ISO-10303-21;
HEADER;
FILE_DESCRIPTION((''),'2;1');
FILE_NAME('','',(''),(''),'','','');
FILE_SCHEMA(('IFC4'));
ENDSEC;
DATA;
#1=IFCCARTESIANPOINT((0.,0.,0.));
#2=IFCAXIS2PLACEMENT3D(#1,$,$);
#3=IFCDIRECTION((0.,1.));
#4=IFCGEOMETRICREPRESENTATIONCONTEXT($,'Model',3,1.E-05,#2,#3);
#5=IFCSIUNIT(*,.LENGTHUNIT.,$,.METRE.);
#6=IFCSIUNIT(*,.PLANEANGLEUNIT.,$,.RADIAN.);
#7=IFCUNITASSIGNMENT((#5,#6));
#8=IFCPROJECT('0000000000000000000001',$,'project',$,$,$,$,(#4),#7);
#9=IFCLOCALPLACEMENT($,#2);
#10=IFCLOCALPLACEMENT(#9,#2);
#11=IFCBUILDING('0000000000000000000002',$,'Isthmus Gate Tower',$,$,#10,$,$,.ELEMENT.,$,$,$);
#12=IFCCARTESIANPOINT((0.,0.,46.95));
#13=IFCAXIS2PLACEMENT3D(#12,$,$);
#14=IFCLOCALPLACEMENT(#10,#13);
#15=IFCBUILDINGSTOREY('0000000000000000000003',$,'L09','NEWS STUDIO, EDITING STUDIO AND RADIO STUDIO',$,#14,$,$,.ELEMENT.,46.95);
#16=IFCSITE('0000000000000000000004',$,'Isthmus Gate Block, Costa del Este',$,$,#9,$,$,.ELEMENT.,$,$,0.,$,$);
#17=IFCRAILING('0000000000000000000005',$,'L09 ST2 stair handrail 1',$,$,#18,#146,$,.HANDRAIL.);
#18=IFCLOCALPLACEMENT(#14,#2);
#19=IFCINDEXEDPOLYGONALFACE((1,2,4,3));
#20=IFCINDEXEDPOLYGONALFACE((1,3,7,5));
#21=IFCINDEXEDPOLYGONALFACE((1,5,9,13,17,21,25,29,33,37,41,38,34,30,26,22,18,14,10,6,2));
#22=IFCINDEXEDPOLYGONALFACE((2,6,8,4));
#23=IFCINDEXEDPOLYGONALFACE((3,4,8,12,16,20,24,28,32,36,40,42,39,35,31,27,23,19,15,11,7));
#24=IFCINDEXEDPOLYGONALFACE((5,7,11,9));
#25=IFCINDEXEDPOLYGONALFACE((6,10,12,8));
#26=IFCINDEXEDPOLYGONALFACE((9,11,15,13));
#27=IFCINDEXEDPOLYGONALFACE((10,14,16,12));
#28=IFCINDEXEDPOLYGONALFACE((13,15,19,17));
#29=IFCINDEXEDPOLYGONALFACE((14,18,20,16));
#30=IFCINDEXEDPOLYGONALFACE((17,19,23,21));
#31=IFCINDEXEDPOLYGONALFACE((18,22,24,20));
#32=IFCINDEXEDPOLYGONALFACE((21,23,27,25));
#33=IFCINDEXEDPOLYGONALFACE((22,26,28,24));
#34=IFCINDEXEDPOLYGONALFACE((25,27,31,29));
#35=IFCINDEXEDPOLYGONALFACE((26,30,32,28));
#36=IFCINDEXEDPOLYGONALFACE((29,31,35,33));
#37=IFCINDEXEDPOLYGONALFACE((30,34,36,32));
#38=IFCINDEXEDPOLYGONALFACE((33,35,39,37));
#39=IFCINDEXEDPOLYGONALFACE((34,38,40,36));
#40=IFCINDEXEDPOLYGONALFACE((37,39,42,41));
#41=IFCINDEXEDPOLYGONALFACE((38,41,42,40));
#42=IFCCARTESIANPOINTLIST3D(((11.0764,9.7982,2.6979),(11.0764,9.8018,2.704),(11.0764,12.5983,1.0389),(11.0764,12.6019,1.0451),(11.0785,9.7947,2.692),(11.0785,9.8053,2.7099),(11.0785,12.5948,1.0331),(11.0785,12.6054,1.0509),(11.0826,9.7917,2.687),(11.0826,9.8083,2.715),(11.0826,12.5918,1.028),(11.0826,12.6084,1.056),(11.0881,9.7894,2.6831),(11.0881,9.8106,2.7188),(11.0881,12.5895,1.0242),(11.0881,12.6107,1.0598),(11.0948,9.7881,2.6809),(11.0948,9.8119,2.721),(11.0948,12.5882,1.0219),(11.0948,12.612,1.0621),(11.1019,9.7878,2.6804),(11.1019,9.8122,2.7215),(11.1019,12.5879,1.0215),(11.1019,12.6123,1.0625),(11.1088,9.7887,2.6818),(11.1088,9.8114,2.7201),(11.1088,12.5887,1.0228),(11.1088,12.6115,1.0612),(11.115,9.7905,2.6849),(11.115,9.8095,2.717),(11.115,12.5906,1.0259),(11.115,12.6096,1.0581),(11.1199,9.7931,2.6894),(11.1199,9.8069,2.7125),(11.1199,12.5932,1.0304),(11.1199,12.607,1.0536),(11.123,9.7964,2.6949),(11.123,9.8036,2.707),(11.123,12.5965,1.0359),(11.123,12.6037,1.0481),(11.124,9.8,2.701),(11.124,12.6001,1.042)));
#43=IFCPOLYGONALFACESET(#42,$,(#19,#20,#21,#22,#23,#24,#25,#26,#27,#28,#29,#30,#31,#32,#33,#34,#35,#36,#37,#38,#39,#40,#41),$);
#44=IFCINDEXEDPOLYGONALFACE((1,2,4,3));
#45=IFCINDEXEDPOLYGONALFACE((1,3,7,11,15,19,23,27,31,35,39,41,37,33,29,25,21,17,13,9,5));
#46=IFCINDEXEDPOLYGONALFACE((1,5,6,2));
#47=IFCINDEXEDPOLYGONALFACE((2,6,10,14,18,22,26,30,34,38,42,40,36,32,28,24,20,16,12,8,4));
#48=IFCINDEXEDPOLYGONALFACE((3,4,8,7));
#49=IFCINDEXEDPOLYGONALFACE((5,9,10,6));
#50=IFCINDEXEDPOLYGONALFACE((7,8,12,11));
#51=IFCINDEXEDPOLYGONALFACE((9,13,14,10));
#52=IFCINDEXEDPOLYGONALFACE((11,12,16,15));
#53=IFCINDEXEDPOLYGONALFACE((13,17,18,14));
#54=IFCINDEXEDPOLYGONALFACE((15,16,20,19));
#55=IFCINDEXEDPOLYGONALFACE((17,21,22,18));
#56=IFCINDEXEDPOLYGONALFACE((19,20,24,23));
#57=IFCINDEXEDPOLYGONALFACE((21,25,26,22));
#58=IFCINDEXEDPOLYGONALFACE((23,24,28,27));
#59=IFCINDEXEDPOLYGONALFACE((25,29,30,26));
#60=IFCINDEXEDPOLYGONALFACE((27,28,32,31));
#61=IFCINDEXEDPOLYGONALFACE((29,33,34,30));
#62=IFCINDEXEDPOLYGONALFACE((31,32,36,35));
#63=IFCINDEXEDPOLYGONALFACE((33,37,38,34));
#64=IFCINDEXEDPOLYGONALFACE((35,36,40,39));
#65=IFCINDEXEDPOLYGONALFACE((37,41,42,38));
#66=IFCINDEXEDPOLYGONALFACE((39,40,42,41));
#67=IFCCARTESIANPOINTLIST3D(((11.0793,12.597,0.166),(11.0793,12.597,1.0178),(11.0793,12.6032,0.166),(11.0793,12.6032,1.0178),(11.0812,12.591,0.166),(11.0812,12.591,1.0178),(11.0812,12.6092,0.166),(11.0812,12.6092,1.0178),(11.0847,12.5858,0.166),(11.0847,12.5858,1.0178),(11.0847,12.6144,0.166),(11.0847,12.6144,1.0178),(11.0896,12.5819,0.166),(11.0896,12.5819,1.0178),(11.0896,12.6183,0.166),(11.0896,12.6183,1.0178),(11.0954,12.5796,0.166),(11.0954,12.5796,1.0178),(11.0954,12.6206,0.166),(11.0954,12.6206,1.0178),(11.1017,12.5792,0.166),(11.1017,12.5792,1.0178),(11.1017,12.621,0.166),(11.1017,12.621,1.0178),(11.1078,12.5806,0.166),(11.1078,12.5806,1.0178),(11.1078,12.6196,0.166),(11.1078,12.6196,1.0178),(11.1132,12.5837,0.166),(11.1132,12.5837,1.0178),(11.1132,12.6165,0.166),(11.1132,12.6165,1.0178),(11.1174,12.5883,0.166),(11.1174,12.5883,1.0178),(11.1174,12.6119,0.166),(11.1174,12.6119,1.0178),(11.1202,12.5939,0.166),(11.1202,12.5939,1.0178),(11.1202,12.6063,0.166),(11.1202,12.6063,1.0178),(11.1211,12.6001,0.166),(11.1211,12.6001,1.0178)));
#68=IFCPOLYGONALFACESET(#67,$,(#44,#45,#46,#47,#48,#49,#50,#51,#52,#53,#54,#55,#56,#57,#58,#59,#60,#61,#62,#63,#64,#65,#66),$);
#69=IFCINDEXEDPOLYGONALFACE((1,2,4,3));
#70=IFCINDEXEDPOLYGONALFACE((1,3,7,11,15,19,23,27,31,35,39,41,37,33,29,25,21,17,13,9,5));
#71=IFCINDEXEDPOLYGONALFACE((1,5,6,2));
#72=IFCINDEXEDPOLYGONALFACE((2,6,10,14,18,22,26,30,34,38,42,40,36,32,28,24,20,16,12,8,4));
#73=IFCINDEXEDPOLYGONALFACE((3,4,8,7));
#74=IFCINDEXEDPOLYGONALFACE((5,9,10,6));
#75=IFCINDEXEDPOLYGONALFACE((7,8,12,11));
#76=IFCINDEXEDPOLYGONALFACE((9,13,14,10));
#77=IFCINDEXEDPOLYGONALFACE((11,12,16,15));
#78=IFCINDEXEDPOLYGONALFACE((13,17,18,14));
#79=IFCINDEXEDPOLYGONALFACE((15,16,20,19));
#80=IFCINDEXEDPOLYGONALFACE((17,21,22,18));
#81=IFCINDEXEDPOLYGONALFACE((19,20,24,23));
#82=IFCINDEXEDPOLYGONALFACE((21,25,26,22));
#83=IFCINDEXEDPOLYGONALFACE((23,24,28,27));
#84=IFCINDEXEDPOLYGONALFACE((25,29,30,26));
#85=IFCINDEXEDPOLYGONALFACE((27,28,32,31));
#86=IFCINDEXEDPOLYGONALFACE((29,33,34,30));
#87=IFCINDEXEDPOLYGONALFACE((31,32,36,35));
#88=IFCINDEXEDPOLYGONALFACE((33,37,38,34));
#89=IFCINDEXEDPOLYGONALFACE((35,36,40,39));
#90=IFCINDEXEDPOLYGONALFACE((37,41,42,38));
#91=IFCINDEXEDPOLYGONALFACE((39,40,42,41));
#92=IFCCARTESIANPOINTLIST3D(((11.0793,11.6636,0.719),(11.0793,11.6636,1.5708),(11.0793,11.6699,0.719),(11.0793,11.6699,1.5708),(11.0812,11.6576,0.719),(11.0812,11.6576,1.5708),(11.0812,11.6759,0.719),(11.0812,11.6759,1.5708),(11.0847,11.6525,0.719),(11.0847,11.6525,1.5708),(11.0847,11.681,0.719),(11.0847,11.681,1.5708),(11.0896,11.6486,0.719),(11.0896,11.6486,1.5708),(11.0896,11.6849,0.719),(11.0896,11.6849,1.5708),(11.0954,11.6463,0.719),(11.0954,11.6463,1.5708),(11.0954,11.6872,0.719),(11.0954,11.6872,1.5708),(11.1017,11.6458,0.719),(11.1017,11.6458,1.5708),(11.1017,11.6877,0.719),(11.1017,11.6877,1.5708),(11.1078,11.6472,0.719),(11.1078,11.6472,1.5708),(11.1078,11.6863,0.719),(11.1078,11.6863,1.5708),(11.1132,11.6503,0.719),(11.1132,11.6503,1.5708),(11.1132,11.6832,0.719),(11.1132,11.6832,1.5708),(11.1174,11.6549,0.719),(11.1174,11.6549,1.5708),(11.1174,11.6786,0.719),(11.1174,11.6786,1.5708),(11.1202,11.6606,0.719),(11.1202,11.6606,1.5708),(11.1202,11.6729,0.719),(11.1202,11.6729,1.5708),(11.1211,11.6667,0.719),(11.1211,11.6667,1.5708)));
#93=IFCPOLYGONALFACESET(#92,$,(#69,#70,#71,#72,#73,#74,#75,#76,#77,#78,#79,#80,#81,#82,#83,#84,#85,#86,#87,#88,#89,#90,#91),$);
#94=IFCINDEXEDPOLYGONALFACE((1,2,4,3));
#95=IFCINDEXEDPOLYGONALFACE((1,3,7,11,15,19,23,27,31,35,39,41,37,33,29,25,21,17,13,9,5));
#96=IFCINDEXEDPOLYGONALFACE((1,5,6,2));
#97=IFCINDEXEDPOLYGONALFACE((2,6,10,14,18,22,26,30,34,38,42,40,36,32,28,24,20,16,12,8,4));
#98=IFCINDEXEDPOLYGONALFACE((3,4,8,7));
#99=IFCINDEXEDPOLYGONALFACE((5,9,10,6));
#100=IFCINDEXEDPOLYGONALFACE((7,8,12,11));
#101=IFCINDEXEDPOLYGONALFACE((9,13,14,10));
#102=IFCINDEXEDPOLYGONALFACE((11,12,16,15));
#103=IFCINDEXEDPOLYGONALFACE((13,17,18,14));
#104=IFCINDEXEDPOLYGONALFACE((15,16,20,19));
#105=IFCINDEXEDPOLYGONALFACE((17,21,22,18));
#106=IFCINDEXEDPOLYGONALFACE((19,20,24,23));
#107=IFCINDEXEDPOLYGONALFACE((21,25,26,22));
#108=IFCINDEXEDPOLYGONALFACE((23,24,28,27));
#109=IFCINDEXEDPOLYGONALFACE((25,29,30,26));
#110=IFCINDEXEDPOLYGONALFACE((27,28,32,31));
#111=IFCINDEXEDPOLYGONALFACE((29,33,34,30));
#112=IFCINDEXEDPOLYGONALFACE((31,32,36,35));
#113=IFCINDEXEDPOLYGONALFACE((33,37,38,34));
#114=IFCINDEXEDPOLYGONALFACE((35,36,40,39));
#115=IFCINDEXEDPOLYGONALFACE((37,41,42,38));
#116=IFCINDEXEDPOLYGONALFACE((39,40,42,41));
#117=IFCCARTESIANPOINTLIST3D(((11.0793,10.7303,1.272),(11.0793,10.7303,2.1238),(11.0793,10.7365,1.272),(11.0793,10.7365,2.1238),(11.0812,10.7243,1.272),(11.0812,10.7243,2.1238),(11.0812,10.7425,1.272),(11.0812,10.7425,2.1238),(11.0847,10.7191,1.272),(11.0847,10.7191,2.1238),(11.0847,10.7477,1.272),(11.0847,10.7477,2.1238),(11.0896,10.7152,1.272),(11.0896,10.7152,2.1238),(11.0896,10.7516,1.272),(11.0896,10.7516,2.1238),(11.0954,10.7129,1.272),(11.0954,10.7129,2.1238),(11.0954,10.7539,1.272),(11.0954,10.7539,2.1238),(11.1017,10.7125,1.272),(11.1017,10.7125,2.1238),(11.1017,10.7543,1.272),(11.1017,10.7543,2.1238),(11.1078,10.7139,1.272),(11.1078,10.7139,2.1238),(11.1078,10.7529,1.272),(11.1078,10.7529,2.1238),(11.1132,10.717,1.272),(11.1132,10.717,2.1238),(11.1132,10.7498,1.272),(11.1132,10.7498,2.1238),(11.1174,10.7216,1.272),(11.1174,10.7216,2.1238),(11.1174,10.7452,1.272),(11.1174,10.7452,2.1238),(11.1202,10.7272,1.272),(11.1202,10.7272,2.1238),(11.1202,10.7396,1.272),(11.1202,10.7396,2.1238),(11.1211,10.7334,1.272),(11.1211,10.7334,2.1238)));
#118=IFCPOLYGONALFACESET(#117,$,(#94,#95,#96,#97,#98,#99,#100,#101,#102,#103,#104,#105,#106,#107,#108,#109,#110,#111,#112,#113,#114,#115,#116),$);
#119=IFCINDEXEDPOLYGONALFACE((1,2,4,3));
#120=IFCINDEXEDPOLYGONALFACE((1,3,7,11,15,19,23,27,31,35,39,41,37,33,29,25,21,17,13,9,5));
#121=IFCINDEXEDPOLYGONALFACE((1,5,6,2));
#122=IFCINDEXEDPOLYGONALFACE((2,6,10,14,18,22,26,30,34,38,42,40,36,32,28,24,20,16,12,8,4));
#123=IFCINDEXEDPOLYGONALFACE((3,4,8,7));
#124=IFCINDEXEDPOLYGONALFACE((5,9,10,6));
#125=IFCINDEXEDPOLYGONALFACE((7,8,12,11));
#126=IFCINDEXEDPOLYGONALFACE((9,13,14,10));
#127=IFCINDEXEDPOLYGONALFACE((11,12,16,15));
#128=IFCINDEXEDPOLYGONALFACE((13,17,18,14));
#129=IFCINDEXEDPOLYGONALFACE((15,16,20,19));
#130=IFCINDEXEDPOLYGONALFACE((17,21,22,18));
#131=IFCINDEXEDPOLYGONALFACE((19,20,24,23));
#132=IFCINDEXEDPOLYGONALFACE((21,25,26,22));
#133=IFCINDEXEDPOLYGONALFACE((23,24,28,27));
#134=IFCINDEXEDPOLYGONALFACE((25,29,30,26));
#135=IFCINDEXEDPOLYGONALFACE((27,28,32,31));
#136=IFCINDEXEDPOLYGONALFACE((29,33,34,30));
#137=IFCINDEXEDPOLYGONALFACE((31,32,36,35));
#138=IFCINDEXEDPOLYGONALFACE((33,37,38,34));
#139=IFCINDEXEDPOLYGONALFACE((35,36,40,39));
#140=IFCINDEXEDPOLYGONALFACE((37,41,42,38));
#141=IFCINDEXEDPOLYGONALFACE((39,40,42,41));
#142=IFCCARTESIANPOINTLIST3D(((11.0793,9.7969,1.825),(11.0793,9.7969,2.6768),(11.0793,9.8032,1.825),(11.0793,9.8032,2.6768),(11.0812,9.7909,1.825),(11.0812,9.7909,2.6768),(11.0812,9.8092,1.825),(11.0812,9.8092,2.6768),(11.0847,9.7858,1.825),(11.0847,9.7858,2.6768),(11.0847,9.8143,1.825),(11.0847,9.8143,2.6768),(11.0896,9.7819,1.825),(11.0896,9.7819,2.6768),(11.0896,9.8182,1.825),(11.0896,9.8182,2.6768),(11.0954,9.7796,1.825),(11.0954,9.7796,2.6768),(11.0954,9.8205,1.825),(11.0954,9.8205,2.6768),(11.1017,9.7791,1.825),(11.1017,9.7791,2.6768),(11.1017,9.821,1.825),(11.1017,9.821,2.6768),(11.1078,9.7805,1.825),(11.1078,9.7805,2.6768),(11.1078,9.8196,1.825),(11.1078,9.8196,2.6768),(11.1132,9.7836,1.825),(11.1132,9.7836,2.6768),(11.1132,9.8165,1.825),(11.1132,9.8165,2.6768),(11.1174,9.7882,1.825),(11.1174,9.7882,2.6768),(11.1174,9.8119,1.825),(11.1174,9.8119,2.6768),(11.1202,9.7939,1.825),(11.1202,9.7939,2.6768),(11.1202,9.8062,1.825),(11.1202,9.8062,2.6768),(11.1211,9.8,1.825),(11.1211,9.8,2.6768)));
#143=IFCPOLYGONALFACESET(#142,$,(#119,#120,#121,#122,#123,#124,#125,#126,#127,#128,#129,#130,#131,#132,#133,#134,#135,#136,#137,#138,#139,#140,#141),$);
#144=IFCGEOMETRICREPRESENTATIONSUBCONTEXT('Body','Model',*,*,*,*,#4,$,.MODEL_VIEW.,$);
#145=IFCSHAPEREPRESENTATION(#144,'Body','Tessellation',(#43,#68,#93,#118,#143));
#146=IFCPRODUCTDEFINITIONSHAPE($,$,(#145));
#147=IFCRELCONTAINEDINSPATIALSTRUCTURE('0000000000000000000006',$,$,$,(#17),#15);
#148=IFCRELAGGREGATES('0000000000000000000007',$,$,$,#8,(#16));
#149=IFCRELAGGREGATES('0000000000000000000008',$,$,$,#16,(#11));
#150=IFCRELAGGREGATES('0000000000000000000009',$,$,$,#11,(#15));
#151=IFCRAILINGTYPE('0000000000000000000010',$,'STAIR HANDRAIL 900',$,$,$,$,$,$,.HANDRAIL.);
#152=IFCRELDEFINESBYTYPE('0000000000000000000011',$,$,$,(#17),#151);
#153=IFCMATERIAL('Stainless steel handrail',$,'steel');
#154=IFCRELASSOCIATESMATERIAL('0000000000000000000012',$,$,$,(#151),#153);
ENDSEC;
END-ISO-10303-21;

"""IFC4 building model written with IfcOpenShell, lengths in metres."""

from ifc_helpers import new_model, si_unit, direction, frame, origin, origin_2d, place, context, subcontext, project, spatial, circle, extrude, material, type_object, element, save


model = new_model("IFC4")

# Units and contexts
model_context = context("Model", 3, precision=1e-05, world=origin(), true_north=direction((0.0, 1.0)))
body_context = subcontext(model_context, "Body", "Model", "MODEL_VIEW")
ifc_project = project(units=[si_unit("LENGTHUNIT", "METRE"), si_unit("PLANEANGLEUNIT", "RADIAN")], contexts=[model_context])

# Site, building, storey
site_placement = place(None, origin())
site = spatial("IfcSite", under=ifc_project, at=site_placement, Name="Isthmus Gate Block, Costa del Este", CompositionType="ELEMENT", RefElevation=0.0)
building_placement = place(site_placement, origin())
building = spatial("IfcBuilding", under=site, at=building_placement, Name="Isthmus Gate Tower", CompositionType="ELEMENT")
storey_placement = place(building_placement, frame((0.0, 0.0, 46.95)))
storey = spatial("IfcBuildingStorey", under=building, at=storey_placement, Name="L09", Description="NEWS STUDIO, EDITING STUDIO AND RADIO STUDIO", CompositionType="ELEMENT", Elevation=46.95)

# Railing
ifc_material_1 = material(Name="Stainless steel handrail", Category="steel")
railing_type_1 = type_object("IfcRailingType", Name="STAIR HANDRAIL 900", PredefinedType="HANDRAIL", material=ifc_material_1)
railing_1_placement = place(storey_placement, frame((11.1001, 12.6001, 0.166)))
element("IfcRailing", 1, at=railing_1_placement, inside=storey, type_object=railing_type_1, Name="L09 ST2 stair handrail 1", PredefinedType="HANDRAIL", context=body_context, shape_type="SweptSolid", body=[
    extrude(circle(Radius=0.0239, at=origin_2d()), frame((0.0, 0.0, 0.876), z_axis=(0.0, -0.860339, 0.509722), x_axis=(1.0, 0.0, 0.0)), (0.0, 0.0, 1.0), 3.2546),
    extrude(circle(Radius=0.021, at=origin_2d()), origin(), (0.0, 0.0, 1.0), 0.8518),
    extrude(circle(Radius=0.021, at=origin_2d()), frame((0.0, -0.9333, 0.553)), (0.0, 0.0, 1.0), 0.8518),
    extrude(circle(Radius=0.021, at=origin_2d()), frame((0.0, -1.8667, 1.106)), (0.0, 0.0, 1.0), 0.8518),
    extrude(circle(Radius=0.021, at=origin_2d()), frame((0.0, -2.8, 1.6589)), (0.0, 0.0, 1.0), 0.8518),
])

save(model, "model.ifc")
